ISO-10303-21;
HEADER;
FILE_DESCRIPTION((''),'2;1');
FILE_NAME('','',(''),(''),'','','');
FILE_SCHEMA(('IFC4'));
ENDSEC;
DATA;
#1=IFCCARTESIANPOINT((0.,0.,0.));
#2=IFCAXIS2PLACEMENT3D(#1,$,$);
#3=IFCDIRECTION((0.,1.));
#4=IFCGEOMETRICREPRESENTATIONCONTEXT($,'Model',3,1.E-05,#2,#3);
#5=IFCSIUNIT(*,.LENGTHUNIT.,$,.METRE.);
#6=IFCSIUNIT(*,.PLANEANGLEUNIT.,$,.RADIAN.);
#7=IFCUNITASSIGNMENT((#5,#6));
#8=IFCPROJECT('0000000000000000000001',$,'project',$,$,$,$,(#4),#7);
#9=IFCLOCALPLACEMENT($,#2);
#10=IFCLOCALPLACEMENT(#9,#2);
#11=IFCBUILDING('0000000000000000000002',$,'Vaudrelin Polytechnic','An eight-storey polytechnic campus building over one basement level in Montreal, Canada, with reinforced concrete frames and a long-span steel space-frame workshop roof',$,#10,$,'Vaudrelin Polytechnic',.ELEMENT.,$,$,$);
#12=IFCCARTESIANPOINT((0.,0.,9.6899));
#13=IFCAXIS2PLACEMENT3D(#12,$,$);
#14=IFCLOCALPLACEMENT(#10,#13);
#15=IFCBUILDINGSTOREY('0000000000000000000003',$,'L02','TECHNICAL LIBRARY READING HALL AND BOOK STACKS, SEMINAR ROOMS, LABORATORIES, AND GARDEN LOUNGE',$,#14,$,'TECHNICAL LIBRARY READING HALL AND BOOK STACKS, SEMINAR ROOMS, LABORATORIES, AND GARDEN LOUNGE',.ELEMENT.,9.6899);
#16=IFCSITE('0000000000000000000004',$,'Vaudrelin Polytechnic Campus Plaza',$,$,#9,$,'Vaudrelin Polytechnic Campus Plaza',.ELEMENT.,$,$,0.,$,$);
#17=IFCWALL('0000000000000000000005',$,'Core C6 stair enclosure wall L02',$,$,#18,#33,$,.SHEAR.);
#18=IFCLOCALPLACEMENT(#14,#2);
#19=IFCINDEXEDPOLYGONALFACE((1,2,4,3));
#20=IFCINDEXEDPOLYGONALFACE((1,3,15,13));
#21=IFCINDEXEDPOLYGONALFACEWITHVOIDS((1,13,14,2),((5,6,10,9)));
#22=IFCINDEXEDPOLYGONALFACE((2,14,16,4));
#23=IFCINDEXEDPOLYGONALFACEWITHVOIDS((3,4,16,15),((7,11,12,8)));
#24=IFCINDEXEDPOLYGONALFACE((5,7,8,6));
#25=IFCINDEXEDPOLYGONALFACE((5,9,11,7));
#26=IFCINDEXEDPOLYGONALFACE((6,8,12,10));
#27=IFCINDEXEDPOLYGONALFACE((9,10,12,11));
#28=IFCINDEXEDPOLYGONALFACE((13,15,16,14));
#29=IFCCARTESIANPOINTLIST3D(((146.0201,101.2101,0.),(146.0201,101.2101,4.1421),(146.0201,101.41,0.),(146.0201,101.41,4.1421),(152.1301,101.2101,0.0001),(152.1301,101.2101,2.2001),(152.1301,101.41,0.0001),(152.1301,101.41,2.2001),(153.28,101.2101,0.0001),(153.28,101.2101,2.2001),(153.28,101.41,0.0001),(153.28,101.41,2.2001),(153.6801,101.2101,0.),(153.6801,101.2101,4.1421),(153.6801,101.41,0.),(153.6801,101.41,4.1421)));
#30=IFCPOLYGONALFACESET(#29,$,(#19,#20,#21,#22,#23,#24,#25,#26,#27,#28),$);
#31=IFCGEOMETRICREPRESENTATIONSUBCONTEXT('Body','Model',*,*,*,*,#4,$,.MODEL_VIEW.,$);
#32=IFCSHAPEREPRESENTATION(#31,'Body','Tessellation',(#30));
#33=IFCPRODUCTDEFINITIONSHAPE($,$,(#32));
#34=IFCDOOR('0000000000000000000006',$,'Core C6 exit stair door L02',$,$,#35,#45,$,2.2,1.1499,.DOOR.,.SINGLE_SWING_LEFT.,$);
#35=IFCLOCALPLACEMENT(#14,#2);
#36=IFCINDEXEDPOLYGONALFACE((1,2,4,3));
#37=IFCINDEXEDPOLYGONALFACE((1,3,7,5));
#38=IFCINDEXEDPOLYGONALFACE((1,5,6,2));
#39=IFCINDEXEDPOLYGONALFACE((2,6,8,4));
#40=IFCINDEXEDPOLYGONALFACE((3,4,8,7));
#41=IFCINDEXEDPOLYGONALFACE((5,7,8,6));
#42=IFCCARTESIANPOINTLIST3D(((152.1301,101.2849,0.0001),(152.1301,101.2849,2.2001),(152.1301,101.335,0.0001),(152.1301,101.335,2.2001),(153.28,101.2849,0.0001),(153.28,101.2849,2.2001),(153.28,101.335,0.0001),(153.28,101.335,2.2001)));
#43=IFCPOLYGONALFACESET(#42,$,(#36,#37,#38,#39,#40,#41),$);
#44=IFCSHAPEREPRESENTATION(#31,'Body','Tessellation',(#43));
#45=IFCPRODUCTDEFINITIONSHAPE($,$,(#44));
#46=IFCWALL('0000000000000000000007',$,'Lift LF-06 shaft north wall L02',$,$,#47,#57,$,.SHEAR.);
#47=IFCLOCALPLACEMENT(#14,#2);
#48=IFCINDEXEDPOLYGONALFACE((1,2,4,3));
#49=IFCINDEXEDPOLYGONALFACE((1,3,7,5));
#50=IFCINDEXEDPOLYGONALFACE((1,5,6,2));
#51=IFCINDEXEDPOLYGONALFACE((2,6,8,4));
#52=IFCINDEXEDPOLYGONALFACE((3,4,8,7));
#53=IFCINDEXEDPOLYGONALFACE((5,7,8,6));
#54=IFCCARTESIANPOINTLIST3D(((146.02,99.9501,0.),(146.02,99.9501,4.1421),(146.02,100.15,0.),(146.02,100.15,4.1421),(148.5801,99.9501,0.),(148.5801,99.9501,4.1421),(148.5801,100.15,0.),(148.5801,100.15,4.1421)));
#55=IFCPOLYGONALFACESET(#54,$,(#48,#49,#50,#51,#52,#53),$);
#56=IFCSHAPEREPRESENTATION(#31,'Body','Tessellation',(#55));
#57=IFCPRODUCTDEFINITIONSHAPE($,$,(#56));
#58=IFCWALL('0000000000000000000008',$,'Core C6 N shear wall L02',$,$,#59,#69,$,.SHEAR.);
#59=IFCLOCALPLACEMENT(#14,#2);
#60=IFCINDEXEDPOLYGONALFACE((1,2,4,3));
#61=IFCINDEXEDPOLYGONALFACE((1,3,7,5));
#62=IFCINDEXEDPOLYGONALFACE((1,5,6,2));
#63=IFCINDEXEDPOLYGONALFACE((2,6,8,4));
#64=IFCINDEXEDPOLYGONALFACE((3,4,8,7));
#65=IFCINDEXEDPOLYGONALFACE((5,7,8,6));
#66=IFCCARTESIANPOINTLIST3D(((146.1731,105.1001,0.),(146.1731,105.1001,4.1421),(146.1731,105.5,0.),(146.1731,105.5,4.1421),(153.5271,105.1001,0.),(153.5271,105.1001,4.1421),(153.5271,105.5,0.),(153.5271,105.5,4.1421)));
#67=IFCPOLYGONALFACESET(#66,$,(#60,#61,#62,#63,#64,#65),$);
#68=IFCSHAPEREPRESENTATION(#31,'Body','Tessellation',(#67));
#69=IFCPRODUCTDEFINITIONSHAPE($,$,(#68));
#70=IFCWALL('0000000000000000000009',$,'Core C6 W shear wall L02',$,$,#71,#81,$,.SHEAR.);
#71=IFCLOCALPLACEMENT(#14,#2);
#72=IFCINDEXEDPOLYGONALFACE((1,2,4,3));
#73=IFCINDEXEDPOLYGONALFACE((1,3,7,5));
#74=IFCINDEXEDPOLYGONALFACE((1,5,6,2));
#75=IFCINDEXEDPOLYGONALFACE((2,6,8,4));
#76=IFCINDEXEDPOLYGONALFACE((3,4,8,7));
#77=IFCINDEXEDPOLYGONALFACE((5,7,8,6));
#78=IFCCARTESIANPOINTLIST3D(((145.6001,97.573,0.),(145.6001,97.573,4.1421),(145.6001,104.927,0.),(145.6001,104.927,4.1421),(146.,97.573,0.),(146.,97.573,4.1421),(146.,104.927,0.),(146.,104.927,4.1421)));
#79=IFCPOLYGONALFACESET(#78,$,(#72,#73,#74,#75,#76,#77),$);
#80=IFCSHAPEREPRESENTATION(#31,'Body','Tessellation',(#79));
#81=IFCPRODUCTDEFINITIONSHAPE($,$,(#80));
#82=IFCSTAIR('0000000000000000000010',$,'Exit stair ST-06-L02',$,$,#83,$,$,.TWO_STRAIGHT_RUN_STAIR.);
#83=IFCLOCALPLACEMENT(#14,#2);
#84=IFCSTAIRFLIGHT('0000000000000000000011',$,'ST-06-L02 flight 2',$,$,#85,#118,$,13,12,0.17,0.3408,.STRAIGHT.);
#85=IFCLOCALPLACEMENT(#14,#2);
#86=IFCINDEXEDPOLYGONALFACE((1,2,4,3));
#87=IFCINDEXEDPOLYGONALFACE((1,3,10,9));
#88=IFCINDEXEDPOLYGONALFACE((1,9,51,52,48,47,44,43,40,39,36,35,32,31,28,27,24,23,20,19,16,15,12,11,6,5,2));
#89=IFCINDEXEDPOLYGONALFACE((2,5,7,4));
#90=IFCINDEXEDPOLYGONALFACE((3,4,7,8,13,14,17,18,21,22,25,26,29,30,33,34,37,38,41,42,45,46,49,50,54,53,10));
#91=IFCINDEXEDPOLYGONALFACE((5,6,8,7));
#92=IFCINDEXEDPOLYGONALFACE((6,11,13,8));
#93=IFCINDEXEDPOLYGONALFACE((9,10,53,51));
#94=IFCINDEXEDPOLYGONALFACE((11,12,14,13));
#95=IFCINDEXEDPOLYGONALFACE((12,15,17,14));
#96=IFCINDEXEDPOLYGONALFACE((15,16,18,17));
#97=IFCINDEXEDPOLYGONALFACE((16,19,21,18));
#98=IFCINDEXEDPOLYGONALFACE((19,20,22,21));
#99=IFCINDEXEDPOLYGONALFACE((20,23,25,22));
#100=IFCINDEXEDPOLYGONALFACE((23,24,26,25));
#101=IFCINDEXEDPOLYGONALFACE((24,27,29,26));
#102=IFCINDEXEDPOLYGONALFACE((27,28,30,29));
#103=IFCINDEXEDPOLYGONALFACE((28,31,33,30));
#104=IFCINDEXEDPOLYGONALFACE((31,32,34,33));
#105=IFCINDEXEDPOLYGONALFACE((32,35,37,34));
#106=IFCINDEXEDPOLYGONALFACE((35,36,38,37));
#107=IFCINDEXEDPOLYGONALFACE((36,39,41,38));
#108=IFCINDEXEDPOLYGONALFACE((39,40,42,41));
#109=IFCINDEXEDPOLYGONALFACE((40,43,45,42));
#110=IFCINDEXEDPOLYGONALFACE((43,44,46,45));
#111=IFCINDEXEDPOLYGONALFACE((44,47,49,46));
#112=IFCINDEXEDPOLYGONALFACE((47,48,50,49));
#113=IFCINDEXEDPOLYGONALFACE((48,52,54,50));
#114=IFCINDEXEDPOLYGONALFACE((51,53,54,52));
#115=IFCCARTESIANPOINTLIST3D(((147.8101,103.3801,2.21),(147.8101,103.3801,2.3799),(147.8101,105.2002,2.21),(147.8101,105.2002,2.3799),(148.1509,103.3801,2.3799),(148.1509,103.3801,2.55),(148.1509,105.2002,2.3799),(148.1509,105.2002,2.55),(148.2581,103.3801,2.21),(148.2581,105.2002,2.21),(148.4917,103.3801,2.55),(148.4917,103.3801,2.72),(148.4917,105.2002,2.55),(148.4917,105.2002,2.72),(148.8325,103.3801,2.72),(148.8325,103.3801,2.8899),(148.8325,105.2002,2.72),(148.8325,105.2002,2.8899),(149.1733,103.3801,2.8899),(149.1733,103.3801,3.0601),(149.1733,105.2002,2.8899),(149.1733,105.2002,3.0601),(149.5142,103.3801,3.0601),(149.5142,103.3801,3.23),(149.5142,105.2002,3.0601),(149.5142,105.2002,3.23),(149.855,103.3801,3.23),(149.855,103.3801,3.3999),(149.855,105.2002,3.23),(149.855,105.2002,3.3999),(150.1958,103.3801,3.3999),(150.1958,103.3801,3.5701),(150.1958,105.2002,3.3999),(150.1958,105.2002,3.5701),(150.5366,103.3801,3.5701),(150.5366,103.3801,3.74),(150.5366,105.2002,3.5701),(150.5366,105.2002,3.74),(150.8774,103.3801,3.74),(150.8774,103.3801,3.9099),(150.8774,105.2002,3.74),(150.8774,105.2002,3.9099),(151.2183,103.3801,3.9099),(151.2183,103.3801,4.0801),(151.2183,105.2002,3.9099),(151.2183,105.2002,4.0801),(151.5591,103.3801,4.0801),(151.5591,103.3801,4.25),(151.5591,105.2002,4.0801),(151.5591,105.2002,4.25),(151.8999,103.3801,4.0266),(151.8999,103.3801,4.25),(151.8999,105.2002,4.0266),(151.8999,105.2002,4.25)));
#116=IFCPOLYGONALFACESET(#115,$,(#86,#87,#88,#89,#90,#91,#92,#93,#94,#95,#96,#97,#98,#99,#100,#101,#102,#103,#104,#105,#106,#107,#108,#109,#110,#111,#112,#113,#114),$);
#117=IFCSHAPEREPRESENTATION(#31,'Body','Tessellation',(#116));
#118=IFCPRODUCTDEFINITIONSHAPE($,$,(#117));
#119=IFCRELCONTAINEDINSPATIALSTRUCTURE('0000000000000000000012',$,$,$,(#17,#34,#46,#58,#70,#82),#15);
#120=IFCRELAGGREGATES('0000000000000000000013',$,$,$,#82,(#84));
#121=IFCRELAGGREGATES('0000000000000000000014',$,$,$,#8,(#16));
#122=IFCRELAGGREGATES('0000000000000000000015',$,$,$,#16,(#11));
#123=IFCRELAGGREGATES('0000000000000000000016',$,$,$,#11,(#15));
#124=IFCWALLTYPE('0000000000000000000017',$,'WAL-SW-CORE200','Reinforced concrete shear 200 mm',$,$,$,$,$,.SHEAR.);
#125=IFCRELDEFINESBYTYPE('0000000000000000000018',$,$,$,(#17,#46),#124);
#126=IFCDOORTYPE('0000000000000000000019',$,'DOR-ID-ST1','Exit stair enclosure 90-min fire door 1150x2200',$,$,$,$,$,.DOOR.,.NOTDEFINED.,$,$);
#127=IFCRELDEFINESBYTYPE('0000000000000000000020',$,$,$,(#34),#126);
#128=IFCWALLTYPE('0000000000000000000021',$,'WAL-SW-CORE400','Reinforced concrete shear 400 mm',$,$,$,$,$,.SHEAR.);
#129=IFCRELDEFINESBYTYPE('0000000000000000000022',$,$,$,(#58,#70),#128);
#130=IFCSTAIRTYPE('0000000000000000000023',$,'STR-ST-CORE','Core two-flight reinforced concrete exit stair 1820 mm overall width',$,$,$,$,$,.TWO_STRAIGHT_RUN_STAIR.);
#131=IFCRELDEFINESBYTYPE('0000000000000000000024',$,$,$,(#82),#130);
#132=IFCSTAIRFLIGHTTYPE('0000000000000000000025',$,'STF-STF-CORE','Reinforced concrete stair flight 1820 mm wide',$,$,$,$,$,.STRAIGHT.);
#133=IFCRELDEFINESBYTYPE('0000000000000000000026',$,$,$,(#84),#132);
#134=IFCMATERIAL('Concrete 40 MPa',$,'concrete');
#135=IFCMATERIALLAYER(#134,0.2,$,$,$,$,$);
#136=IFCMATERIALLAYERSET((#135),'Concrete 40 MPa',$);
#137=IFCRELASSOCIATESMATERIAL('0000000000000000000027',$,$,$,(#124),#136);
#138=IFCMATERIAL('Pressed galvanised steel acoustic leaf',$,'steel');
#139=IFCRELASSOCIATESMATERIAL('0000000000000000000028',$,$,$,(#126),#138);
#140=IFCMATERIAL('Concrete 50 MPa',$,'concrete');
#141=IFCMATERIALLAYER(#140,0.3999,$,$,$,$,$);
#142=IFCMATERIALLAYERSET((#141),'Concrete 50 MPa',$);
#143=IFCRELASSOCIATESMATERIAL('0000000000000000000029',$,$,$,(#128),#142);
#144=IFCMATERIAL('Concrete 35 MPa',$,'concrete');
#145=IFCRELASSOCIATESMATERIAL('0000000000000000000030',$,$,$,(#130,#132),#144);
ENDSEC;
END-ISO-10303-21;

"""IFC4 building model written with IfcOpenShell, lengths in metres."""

from ifc_helpers import new_model, si_unit, direction, frame, frame_2d, origin, place, context, subcontext, project, spatial, polyline, rectangle, outline, extrude, material, layer, layer_set, type_object, element, fill, aggregate, save


model = new_model("IFC4")

# Units and contexts
model_context = context("Model", 3, precision=1e-05, world=origin(), true_north=direction((0.0, 1.0)))
body_context = subcontext(model_context, "Body", "Model", "MODEL_VIEW")
ifc_project = project(units=[si_unit("LENGTHUNIT", "METRE"), si_unit("PLANEANGLEUNIT", "RADIAN")], contexts=[model_context])

# Site, building, storey
site_placement = place(None, origin())
site = spatial("IfcSite", under=ifc_project, at=site_placement, Name="Vaudrelin Polytechnic Campus Plaza", LongName="Vaudrelin Polytechnic Campus Plaza", CompositionType="ELEMENT", RefElevation=0.0)
building_placement = place(site_placement, origin())
building = spatial("IfcBuilding", under=site, at=building_placement, Name="Vaudrelin Polytechnic", Description="An eight-storey polytechnic campus building over one basement level in Montreal, Canada, with reinforced concrete frames and a long-span steel space-frame workshop roof", LongName="Vaudrelin Polytechnic", CompositionType="ELEMENT")
storey_placement = place(building_placement, frame((0.0, 0.0, 9.6899)))
storey = spatial("IfcBuildingStorey", under=building, at=storey_placement, Name="L02", Description="TECHNICAL LIBRARY READING HALL AND BOOK STACKS, SEMINAR ROOMS, LABORATORIES, AND GARDEN LOUNGE", LongName="TECHNICAL LIBRARY READING HALL AND BOOK STACKS, SEMINAR ROOMS, LABORATORIES, AND GARDEN LOUNGE", CompositionType="ELEMENT", Elevation=9.6899)

# Shared definitions
ifc_material_1 = material(Name="Concrete 50 MPa", Category="concrete")

# Shared definitions
ifc_material_2 = material(Name="Concrete 40 MPa", Category="concrete")

# Wall, opening, door
ifc_material_3 = material(Name="Pressed galvanised steel acoustic leaf", Category="steel")
ifc_layer_1 = layer(ifc_material_2, 0.2)
ifc_layer_set_1 = layer_set([ifc_layer_1], Name="Concrete 40 MPa")
wall_type_1 = type_object("IfcWallType", Name="WAL-SW-CORE200", Description="Reinforced concrete shear 200 mm", PredefinedType="SHEAR", material=ifc_layer_set_1)
wall_1_placement = place(storey_placement, frame((146.02, 101.3101, 0.0), z_axis=(0.0, 0.0, 1.0), x_axis=(1.0, 0.0, 0.0)))
wall_1 = element("IfcWall", 1, at=wall_1_placement, inside=storey, type_object=wall_type_1, Name="Core C6 stair enclosure wall L02", PredefinedType="SHEAR", context=body_context, shape_type="SweptSolid", body=[
    extrude(rectangle(XDim=7.6599, YDim=0.2, at=frame_2d((3.8301, 0.0))), origin(), (0.0, 0.0, 1.0), 4.1421),
])
opening_1_placement = place(wall_1_placement, frame((6.1101, 0.0, 0.0)))
opening_1 = element("IfcOpeningElement", 2, at=opening_1_placement, cuts=wall_1, PredefinedType="OPENING", context=body_context, shape_type="SweptSolid", body=[
    extrude(rectangle(XDim=1.1499, YDim=2.2, at=frame_2d((0.575, 1.1001))), frame((0.0, 0.1099, 0.0), z_axis=(0.0, -1.0, 0.0), x_axis=(1.0, 0.0, 0.0)), (0.0, 0.0, 1.0), 0.22),
])
door_type_1 = type_object("IfcDoorType", Name="DOR-ID-ST1", Description="Exit stair enclosure 90-min fire door 1150x2200", OperationType="NOTDEFINED", PredefinedType="DOOR", material=ifc_material_3)
door_1_placement = place(opening_1_placement, origin())
door_1 = element("IfcDoor", 3, at=door_1_placement, inside=storey, type_object=door_type_1, Name="Core C6 exit stair door L02", OperationType="SINGLE_SWING_LEFT", OverallHeight=2.2, OverallWidth=1.1499, PredefinedType="DOOR", context=body_context, shape_type="SweptSolid", body=[
    extrude(rectangle(XDim=1.1499, YDim=2.2, at=frame_2d((0.575, 1.1001))), frame((0.0, 0.0249, 0.0), z_axis=(0.0, -1.0, 0.0), x_axis=(1.0, 0.0, 0.0)), (0.0, 0.0, 1.0), 0.05),
])
fill(opening_1, door_1)

# Walls
wall_2_placement = place(storey_placement, frame((146.02, 100.05, 0.0), z_axis=(0.0, 0.0, 1.0), x_axis=(1.0, 0.0, 0.0)))
element("IfcWall", 4, at=wall_2_placement, inside=storey, type_object=wall_type_1, Name="Lift LF-06 shaft north wall L02", PredefinedType="SHEAR", context=body_context, shape_type="SweptSolid", body=[
    extrude(rectangle(XDim=2.5601, YDim=0.2, at=frame_2d((1.28, 0.0))), origin(), (0.0, 0.0, 1.0), 4.1421),
])
ifc_layer_2 = layer(ifc_material_1, 0.3999)
ifc_layer_set_2 = layer_set([ifc_layer_2], Name="Concrete 50 MPa")
wall_type_2 = type_object("IfcWallType", Name="WAL-SW-CORE400", Description="Reinforced concrete shear 400 mm", PredefinedType="SHEAR", material=ifc_layer_set_2)
for number, where, z_axis, x_axis, name in (
    (5, (146.1731, 105.3, 0.0), (0.0, 0.0, 1.0), (1.0, 0.0, 0.0), "Core C6 N shear wall L02"),
    (6, (145.8, 97.573, 0.0), (0.0, 0.0, 1.0), (0.0, 1.0, 0.0), "Core C6 W shear wall L02"),
):
    element("IfcWall", number, at=place(storey_placement, frame(where, z_axis=z_axis, x_axis=x_axis)), inside=storey, type_object=wall_type_2, Name=name, PredefinedType="SHEAR", context=body_context, shape_type="SweptSolid", body=[
        extrude(rectangle(XDim=7.354, YDim=0.3999, at=frame_2d((3.677, 0.0))), origin(), (0.0, 0.0, 1.0), 4.1421),
    ])

# Stair, stair flight
ifc_material_4 = material(Name="Concrete 35 MPa", Category="concrete")
stair_type = type_object("IfcStairType", Name="STR-ST-CORE", Description="Core two-flight reinforced concrete exit stair 1820 mm overall width", PredefinedType="TWO_STRAIGHT_RUN_STAIR", material=ifc_material_4)
stair_placement = place(storey_placement, origin())
stair = element("IfcStair", 7, at=stair_placement, inside=storey, type_object=stair_type, Name="Exit stair ST-06-L02", PredefinedType="TWO_STRAIGHT_RUN_STAIR")
stair_flight_type = type_object("IfcStairFlightType", Name="STF-STF-CORE", Description="Reinforced concrete stair flight 1820 mm wide", PredefinedType="STRAIGHT", material=ifc_material_4)
stair_flight_placement = place(storey_placement, frame((147.8101, 104.29, 2.21), z_axis=(0.0, 0.0, 1.0), x_axis=(1.0, 0.0, 0.0)))
stair_flight = element("IfcStairFlight", 8, at=stair_flight_placement, type_object=stair_flight_type, Name="ST-06-L02 flight 2", NumberOfRisers=13, NumberOfTreads=12, PredefinedType="STRAIGHT", RiserHeight=0.17, TreadLength=0.3408, context=body_context, shape_type="SweptSolid", body=[
    extrude(outline(polyline([(0.0, 0.0), (0.0, 0.1699), (0.3408, 0.1699), (0.3408, 0.3401), (0.6816, 0.3401), (0.6816, 0.51), (1.0225, 0.51), (1.0225, 0.6799), (1.3633, 0.6799), (1.3633, 0.8501), (1.7041, 0.8501), (1.7041, 1.02), (2.0449, 1.02), (2.0449, 1.1899), (2.3857, 1.1899), (2.3857, 1.3601), (2.7266, 1.3601), (2.7266, 1.53), (3.0674, 1.53), (3.0674, 1.7), (3.4082, 1.7), (3.4082, 1.8701), (3.749, 1.8701), (3.749, 2.04), (4.0898, 2.04), (4.0898, 2.21), (4.0898, 1.8167), (0.448, 0.0), (0.0, 0.0)])), frame((0.0, 0.9102, 0.0), z_axis=(0.0, -1.0, 0.0), x_axis=(1.0, 0.0, 0.0)), (0.0, 0.0, 1.0), 1.8201),
])
aggregate(stair, [stair_flight])

save(model, "model.ifc")
